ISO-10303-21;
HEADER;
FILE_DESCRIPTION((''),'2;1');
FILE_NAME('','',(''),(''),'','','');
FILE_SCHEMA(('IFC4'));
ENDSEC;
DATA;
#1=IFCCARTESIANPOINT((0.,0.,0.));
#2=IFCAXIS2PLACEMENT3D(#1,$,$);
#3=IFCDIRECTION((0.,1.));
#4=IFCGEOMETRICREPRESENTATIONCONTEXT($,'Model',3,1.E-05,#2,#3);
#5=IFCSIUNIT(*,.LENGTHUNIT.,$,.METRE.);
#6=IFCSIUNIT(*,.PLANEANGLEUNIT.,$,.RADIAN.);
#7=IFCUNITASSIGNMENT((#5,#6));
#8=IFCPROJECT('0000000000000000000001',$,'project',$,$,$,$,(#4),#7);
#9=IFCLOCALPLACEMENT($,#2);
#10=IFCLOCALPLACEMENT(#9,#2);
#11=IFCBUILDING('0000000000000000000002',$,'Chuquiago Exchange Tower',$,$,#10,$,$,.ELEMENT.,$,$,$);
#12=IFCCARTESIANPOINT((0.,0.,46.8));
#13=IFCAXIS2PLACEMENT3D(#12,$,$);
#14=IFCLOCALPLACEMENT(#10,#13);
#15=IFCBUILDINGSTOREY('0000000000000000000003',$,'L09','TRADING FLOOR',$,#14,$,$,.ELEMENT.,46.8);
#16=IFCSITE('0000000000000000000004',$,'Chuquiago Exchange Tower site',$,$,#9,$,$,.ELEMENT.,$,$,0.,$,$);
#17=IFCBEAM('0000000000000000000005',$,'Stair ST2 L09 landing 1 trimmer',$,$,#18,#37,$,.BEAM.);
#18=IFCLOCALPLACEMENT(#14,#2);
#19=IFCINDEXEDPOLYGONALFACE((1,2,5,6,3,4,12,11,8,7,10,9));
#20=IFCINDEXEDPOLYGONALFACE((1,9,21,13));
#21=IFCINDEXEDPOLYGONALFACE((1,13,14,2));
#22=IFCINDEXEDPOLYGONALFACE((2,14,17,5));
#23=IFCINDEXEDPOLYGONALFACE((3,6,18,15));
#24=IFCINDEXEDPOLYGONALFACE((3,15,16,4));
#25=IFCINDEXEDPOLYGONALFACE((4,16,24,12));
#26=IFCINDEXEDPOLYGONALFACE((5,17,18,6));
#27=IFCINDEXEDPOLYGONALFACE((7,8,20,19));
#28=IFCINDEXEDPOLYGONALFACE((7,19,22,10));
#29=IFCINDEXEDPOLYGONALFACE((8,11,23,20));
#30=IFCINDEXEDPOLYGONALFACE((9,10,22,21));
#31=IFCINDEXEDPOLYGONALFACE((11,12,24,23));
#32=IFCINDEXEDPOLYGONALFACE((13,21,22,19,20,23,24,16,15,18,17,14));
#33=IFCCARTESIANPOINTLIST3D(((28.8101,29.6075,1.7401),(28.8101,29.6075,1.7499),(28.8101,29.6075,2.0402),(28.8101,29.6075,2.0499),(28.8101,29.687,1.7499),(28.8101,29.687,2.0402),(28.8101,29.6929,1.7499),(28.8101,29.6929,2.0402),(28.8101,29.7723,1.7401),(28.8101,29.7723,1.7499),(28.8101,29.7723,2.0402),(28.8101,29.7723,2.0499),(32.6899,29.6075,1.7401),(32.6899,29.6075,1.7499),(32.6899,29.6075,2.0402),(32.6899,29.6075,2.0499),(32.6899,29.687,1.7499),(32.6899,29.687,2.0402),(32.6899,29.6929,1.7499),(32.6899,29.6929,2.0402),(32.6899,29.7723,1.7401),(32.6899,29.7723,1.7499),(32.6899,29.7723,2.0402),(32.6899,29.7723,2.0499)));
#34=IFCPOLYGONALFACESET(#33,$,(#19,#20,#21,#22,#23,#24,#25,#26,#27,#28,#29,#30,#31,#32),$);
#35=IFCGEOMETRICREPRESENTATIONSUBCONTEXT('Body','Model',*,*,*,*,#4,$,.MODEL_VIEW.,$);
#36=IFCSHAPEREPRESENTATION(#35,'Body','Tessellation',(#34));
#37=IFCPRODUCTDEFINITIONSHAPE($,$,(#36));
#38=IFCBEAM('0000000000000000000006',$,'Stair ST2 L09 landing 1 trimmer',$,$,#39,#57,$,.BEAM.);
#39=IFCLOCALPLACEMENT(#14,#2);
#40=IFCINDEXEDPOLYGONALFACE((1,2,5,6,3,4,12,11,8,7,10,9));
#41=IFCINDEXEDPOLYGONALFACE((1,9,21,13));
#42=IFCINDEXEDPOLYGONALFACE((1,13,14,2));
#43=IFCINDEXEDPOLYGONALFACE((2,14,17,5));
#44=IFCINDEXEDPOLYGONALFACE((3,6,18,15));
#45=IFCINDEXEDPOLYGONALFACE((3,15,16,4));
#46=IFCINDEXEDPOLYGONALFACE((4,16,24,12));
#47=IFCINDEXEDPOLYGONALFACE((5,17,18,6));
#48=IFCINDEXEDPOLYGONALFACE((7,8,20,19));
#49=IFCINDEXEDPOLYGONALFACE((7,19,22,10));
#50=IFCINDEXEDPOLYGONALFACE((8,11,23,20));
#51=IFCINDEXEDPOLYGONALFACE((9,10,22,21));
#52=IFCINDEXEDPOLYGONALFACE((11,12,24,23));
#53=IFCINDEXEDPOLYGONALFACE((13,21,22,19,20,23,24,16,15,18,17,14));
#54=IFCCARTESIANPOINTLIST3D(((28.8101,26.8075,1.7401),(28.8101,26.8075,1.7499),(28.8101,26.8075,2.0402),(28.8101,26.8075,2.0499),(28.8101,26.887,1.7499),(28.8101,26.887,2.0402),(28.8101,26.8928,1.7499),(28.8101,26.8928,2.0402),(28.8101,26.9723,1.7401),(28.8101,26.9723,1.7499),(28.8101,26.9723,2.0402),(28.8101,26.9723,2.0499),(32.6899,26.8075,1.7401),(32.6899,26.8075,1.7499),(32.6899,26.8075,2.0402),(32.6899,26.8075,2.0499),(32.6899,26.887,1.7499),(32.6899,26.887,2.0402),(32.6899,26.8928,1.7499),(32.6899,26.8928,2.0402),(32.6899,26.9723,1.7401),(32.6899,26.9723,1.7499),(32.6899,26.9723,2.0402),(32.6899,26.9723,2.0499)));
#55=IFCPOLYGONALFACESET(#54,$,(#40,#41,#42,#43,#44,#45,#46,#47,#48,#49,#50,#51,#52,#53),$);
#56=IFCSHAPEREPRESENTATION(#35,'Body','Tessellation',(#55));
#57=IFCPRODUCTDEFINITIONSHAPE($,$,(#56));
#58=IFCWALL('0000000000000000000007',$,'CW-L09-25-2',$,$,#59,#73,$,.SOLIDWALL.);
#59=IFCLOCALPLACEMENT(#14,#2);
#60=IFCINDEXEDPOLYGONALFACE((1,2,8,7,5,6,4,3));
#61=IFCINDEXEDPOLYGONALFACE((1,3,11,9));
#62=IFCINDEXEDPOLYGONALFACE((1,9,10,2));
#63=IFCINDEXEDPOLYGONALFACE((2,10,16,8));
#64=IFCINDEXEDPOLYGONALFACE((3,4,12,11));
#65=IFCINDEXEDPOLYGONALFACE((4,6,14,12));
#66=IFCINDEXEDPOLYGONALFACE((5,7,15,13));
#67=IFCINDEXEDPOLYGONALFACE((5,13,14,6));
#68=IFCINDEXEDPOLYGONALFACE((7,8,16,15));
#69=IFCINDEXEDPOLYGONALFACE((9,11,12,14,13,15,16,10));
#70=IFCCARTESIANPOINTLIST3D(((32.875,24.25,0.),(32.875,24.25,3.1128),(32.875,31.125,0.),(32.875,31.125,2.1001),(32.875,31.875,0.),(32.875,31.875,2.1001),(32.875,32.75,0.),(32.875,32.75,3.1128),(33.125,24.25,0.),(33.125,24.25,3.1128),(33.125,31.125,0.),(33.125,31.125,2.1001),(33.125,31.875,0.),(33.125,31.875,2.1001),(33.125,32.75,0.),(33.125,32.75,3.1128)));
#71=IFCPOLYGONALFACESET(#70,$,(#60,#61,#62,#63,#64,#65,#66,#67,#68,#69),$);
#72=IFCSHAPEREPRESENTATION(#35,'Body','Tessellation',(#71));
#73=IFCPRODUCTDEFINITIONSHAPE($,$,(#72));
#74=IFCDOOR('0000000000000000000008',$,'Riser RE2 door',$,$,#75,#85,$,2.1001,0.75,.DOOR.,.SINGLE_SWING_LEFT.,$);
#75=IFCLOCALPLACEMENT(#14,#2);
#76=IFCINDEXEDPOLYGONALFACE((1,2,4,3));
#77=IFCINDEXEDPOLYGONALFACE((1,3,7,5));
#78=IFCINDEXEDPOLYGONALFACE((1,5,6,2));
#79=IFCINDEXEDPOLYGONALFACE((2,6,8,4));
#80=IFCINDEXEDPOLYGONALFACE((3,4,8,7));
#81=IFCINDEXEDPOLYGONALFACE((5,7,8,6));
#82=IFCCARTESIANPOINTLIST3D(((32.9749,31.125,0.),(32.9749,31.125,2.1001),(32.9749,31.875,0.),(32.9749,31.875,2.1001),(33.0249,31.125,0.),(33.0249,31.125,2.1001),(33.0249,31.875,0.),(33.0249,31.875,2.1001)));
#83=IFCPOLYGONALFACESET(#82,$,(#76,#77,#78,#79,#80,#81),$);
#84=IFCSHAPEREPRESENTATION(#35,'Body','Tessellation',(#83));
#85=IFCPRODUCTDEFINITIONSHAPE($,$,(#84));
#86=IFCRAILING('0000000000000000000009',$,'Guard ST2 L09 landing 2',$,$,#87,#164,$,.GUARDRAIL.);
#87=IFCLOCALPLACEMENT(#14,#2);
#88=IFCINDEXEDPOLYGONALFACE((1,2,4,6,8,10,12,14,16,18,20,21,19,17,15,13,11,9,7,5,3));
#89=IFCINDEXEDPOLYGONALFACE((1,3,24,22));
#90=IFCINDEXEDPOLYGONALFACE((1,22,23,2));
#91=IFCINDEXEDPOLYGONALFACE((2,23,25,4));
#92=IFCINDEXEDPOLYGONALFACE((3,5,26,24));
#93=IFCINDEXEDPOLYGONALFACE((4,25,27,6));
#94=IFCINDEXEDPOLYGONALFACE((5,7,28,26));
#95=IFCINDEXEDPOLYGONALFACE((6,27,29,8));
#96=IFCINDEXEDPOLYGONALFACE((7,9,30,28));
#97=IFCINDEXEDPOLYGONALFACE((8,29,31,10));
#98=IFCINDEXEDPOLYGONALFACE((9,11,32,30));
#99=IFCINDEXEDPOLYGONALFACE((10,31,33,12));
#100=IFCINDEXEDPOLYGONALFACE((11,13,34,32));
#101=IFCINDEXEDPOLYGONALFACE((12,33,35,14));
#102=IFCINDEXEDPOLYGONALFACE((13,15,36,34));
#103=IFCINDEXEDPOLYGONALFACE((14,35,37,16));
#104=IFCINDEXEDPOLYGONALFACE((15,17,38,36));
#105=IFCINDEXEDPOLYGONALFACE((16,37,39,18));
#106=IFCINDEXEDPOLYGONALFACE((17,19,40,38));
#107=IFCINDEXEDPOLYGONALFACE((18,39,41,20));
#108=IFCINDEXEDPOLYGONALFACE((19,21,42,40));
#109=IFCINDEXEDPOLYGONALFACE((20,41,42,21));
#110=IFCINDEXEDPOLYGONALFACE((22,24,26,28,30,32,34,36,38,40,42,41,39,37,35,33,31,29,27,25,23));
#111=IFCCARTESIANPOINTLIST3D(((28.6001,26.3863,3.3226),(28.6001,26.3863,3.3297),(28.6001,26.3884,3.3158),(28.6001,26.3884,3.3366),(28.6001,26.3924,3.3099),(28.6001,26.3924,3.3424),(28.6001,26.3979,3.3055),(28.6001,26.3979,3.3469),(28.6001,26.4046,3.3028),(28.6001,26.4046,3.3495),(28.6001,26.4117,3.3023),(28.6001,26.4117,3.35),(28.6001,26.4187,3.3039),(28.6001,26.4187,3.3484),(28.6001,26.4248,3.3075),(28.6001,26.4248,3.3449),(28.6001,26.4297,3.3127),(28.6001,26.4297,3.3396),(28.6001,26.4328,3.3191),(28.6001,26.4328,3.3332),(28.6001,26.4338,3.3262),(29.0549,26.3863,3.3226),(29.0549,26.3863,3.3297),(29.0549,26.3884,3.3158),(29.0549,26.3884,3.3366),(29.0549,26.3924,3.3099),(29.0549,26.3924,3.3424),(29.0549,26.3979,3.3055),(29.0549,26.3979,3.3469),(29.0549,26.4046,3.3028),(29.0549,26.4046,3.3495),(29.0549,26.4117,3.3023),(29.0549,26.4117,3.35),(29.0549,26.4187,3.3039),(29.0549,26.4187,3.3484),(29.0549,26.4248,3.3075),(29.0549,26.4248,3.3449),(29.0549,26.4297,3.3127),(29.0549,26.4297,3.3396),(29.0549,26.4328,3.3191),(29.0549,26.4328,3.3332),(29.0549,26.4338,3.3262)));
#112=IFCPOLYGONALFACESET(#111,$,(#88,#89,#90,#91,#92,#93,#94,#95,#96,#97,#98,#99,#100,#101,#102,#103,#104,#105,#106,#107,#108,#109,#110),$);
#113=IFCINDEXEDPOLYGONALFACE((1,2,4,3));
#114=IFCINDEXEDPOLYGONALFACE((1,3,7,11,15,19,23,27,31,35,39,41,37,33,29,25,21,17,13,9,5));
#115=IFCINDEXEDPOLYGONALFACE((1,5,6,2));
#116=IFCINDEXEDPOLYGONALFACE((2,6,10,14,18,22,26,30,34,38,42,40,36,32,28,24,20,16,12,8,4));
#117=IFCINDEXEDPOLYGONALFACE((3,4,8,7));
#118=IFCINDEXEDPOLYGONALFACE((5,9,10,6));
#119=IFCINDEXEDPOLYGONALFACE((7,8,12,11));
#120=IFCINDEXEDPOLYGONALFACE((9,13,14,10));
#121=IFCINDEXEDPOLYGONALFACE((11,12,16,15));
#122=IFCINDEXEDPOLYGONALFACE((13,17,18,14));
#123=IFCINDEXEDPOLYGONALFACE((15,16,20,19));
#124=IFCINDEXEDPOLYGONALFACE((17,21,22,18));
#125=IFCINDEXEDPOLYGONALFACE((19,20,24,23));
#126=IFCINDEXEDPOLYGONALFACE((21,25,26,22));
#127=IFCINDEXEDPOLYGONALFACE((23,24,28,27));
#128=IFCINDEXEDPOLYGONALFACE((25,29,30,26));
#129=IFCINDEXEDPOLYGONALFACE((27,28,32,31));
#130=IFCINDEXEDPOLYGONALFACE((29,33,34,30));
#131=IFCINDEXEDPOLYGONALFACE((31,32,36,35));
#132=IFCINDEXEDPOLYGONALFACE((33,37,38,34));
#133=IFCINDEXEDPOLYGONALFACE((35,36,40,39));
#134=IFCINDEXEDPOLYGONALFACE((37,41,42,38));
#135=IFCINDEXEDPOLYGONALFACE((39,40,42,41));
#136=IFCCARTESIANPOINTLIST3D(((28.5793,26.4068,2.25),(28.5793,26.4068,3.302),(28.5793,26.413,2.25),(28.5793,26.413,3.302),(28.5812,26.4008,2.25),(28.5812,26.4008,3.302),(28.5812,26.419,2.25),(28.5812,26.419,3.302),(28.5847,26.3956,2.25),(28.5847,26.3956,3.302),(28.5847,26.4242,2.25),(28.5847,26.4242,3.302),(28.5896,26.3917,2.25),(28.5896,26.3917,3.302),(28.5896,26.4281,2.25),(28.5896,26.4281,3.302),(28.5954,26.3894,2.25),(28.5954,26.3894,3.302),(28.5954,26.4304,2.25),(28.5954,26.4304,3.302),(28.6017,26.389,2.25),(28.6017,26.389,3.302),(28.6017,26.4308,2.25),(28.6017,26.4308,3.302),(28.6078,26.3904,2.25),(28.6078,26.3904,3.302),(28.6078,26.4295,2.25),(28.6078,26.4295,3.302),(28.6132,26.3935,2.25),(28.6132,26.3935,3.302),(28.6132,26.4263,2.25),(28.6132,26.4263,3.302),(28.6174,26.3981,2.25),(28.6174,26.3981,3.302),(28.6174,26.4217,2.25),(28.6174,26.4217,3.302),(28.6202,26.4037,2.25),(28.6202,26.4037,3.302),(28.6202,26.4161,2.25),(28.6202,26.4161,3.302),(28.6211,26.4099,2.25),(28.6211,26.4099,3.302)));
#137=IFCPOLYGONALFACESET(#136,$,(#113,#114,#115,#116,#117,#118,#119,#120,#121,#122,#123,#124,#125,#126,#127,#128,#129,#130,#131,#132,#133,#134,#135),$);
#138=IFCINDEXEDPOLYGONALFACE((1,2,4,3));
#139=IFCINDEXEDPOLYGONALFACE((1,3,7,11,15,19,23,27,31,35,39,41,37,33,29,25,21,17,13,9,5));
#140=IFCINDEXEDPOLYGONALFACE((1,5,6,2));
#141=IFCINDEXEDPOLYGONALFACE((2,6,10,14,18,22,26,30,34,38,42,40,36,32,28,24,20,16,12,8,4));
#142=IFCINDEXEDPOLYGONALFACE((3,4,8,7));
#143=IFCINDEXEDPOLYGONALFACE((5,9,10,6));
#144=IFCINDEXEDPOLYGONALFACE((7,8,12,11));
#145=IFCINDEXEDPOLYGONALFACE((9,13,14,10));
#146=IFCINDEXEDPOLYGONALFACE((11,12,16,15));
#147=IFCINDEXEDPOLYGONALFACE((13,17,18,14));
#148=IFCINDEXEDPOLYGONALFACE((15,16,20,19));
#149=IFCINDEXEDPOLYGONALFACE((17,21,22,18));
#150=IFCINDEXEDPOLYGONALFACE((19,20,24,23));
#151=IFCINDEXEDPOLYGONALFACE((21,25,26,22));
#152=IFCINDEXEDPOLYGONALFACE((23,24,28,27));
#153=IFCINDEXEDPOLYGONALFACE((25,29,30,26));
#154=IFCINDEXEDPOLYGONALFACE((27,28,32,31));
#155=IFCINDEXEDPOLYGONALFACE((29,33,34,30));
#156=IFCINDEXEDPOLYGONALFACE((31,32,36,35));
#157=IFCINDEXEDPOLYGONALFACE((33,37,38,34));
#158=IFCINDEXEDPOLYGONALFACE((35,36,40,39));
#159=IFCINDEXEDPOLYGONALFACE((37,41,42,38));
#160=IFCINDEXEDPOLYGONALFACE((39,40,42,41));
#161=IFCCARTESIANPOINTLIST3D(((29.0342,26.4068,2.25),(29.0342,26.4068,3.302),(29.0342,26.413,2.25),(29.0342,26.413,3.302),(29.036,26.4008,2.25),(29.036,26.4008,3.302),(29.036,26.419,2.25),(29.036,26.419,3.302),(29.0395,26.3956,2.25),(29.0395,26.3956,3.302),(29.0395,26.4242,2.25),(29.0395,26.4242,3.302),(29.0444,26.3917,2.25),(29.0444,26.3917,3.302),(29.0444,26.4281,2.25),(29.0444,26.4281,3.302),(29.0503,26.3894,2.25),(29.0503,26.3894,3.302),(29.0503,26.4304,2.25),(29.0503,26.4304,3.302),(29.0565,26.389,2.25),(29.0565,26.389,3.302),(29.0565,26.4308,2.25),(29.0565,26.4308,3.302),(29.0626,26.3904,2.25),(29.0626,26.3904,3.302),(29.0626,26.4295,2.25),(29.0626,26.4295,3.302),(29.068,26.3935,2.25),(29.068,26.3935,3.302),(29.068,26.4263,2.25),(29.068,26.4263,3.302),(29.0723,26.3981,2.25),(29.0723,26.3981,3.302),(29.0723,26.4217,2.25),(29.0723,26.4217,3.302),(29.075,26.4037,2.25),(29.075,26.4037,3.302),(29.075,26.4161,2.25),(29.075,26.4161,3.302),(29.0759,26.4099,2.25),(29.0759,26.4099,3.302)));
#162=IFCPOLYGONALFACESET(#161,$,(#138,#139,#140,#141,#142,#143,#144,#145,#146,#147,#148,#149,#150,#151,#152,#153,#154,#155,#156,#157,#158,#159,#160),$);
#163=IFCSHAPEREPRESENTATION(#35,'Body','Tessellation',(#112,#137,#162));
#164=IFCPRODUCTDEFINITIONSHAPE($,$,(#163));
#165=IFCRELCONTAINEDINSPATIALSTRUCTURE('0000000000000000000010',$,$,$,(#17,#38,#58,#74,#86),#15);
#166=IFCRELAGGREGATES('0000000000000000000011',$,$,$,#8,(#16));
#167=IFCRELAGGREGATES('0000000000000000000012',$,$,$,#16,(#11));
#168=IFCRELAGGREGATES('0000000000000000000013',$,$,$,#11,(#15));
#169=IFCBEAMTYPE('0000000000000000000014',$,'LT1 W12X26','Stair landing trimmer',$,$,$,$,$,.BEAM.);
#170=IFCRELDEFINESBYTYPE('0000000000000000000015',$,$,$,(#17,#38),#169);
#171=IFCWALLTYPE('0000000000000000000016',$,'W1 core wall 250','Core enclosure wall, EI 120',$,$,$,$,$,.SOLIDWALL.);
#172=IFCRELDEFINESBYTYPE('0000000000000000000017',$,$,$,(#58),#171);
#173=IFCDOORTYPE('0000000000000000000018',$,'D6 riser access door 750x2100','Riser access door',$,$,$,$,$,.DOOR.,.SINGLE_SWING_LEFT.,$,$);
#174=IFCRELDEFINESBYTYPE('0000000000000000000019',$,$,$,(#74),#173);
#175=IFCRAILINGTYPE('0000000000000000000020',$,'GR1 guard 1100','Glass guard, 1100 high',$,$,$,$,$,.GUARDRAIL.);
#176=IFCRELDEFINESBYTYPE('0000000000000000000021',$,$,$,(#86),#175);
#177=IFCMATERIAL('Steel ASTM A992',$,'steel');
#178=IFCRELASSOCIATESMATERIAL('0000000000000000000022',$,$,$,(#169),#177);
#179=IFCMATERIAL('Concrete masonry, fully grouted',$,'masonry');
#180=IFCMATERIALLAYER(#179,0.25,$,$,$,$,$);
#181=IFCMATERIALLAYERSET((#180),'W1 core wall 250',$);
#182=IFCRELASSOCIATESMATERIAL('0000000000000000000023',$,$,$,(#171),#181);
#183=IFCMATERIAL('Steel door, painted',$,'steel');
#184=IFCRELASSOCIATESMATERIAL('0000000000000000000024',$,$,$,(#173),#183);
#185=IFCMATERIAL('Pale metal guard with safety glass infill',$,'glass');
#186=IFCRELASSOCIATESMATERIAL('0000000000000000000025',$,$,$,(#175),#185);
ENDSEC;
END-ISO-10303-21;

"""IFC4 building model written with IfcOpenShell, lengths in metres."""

from ifc_helpers import new_model, si_unit, direction, frame, frame_2d, origin, origin_2d, place, context, subcontext, project, spatial, rectangle, circle, i_section, extrude, material, layer, layer_set, material_profile, profile_set, type_object, element, fill, save


model = new_model("IFC4")

# Units and contexts
model_context = context("Model", 3, precision=1e-05, world=origin(), true_north=direction((0.0, 1.0)))
body_context = subcontext(model_context, "Body", "Model", "MODEL_VIEW")
ifc_project = project(units=[si_unit("LENGTHUNIT", "METRE"), si_unit("PLANEANGLEUNIT", "RADIAN")], contexts=[model_context])

# Site, building, storey
site_placement = place(None, origin())
site = spatial("IfcSite", under=ifc_project, at=site_placement, Name="Chuquiago Exchange Tower site", CompositionType="ELEMENT", RefElevation=0.0)
building_placement = place(site_placement, origin())
building = spatial("IfcBuilding", under=site, at=building_placement, Name="Chuquiago Exchange Tower", CompositionType="ELEMENT")
storey_placement = place(building_placement, frame((0.0, 0.0, 46.8)))
storey = spatial("IfcBuildingStorey", under=building, at=storey_placement, Name="L09", Description="TRADING FLOOR", CompositionType="ELEMENT", Elevation=46.8)

# Beams
ifc_material_1 = material(Name="Steel ASTM A992", Category="steel")
ifc_material_profile_1 = material_profile(ifc_material_1, i_section(OverallWidth=0.1648, OverallDepth=0.3098, WebThickness=0.0059, FlangeThickness=0.0098, at=origin_2d()), Name="W12X26")
ifc_profile_set_1 = profile_set([ifc_material_profile_1], Name="Steel ASTM A992")
beam_type_1 = type_object("IfcBeamType", Name="LT1 W12X26", Description="Stair landing trimmer", PredefinedType="BEAM", material=ifc_profile_set_1)
for number, where, z_axis, x_axis, name in (
    (1, (28.8101, 29.6899, 1.895), (1.0, 0.0, 0.0), (0.0, 1.0, 0.0), "Stair ST2 L09 landing 1 trimmer"),
    (2, (28.8101, 26.8899, 1.895), (1.0, 0.0, 0.0), (0.0, 1.0, 0.0), "Stair ST2 L09 landing 1 trimmer"),
):
    element("IfcBeam", number, at=place(storey_placement, frame(where, z_axis=z_axis, x_axis=x_axis)), inside=storey, type_object=beam_type_1, Name=name, PredefinedType="BEAM", context=body_context, shape_type="SweptSolid", body=[
        extrude(i_section(OverallWidth=0.1648, OverallDepth=0.3098, WebThickness=0.0059, FlangeThickness=0.0098, at=origin_2d()), origin(), (0.0, 0.0, 1.0), 3.8799),
    ])

# Wall, opening, door
ifc_material_2 = material(Name="Concrete masonry, fully grouted", Category="masonry")
ifc_layer = layer(ifc_material_2, 0.25)
ifc_layer_set = layer_set([ifc_layer], Name="W1 core wall 250")
wall_type = type_object("IfcWallType", Name="W1 core wall 250", Description="Core enclosure wall, EI 120", PredefinedType="SOLIDWALL", material=ifc_layer_set)
wall_placement = place(storey_placement, frame((33.0, 24.25, 0.0), z_axis=(0.0, 0.0, 1.0), x_axis=(0.0, 1.0, 0.0)))
wall = element("IfcWall", 3, at=wall_placement, inside=storey, type_object=wall_type, Name="CW-L09-25-2", PredefinedType="SOLIDWALL", context=body_context, shape_type="SweptSolid", body=[
    extrude(rectangle(XDim=8.5, YDim=0.25, at=frame_2d((4.25, 0.0))), origin(), (0.0, 0.0, 1.0), 3.1128),
])
opening_placement = place(wall_placement, frame((6.875, 0.0, 0.0)))
opening = element("IfcOpeningElement", 4, at=opening_placement, cuts=wall, PredefinedType="OPENING", context=body_context, shape_type="SweptSolid", body=[
    extrude(rectangle(XDim=0.75, YDim=2.1001, at=frame_2d((0.375, 1.05))), frame((0.0, 0.135, 0.0), z_axis=(0.0, -1.0, 0.0), x_axis=(1.0, 0.0, 0.0)), (0.0, 0.0, 1.0), 0.27),
])
ifc_material_3 = material(Name="Steel door, painted", Category="steel")
door_type = type_object("IfcDoorType", Name="D6 riser access door 750x2100", Description="Riser access door", OperationType="SINGLE_SWING_LEFT", PredefinedType="DOOR", material=ifc_material_3)
door_placement = place(opening_placement, frame((0.75, 0.0, 0.0), z_axis=(0.0, 0.0, 1.0), x_axis=(-1.0, 0.0, 0.0)))
door = element("IfcDoor", 5, at=door_placement, inside=storey, type_object=door_type, Name="Riser RE2 door", OperationType="SINGLE_SWING_LEFT", OverallHeight=2.1001, OverallWidth=0.75, PredefinedType="DOOR", context=body_context, shape_type="SweptSolid", body=[
    extrude(rectangle(XDim=0.75, YDim=2.1001, at=frame_2d((0.375, 1.05))), frame((0.0, 0.0249, 0.0), z_axis=(0.0, -1.0, 0.0), x_axis=(1.0, 0.0, 0.0)), (0.0, 0.0, 1.0), 0.05),
])
fill(opening, door)

# Railing
ifc_material_4 = material(Name="Pale metal guard with safety glass infill", Category="glass")
railing_type_1 = type_object("IfcRailingType", Name="GR1 guard 1100", Description="Glass guard, 1100 high", PredefinedType="GUARDRAIL", material=ifc_material_4)
for number, where, name in (
    (6, (28.6001, 26.4099, 2.25), "Guard ST2 L09 landing 2"),
):
    element("IfcRailing", number, at=place(storey_placement, frame(where)), inside=storey, type_object=railing_type_1, Name=name, PredefinedType="GUARDRAIL", context=body_context, shape_type="SweptSolid", body=[
        extrude(circle(Radius=0.0239, at=origin_2d()), frame((0.0, 0.0, 1.0762), z_axis=(1.0, 0.0, 0.0), x_axis=(0.0, 1.0, 0.0)), (0.0, 0.0, 1.0), 0.4548),
        extrude(circle(Radius=0.021, at=origin_2d()), origin(), (0.0, 0.0, 1.0), 1.052),
        extrude(circle(Radius=0.021, at=origin_2d()), frame((0.4548, 0.0, 0.0)), (0.0, 0.0, 1.0), 1.052),
    ])

save(model, "model.ifc")
